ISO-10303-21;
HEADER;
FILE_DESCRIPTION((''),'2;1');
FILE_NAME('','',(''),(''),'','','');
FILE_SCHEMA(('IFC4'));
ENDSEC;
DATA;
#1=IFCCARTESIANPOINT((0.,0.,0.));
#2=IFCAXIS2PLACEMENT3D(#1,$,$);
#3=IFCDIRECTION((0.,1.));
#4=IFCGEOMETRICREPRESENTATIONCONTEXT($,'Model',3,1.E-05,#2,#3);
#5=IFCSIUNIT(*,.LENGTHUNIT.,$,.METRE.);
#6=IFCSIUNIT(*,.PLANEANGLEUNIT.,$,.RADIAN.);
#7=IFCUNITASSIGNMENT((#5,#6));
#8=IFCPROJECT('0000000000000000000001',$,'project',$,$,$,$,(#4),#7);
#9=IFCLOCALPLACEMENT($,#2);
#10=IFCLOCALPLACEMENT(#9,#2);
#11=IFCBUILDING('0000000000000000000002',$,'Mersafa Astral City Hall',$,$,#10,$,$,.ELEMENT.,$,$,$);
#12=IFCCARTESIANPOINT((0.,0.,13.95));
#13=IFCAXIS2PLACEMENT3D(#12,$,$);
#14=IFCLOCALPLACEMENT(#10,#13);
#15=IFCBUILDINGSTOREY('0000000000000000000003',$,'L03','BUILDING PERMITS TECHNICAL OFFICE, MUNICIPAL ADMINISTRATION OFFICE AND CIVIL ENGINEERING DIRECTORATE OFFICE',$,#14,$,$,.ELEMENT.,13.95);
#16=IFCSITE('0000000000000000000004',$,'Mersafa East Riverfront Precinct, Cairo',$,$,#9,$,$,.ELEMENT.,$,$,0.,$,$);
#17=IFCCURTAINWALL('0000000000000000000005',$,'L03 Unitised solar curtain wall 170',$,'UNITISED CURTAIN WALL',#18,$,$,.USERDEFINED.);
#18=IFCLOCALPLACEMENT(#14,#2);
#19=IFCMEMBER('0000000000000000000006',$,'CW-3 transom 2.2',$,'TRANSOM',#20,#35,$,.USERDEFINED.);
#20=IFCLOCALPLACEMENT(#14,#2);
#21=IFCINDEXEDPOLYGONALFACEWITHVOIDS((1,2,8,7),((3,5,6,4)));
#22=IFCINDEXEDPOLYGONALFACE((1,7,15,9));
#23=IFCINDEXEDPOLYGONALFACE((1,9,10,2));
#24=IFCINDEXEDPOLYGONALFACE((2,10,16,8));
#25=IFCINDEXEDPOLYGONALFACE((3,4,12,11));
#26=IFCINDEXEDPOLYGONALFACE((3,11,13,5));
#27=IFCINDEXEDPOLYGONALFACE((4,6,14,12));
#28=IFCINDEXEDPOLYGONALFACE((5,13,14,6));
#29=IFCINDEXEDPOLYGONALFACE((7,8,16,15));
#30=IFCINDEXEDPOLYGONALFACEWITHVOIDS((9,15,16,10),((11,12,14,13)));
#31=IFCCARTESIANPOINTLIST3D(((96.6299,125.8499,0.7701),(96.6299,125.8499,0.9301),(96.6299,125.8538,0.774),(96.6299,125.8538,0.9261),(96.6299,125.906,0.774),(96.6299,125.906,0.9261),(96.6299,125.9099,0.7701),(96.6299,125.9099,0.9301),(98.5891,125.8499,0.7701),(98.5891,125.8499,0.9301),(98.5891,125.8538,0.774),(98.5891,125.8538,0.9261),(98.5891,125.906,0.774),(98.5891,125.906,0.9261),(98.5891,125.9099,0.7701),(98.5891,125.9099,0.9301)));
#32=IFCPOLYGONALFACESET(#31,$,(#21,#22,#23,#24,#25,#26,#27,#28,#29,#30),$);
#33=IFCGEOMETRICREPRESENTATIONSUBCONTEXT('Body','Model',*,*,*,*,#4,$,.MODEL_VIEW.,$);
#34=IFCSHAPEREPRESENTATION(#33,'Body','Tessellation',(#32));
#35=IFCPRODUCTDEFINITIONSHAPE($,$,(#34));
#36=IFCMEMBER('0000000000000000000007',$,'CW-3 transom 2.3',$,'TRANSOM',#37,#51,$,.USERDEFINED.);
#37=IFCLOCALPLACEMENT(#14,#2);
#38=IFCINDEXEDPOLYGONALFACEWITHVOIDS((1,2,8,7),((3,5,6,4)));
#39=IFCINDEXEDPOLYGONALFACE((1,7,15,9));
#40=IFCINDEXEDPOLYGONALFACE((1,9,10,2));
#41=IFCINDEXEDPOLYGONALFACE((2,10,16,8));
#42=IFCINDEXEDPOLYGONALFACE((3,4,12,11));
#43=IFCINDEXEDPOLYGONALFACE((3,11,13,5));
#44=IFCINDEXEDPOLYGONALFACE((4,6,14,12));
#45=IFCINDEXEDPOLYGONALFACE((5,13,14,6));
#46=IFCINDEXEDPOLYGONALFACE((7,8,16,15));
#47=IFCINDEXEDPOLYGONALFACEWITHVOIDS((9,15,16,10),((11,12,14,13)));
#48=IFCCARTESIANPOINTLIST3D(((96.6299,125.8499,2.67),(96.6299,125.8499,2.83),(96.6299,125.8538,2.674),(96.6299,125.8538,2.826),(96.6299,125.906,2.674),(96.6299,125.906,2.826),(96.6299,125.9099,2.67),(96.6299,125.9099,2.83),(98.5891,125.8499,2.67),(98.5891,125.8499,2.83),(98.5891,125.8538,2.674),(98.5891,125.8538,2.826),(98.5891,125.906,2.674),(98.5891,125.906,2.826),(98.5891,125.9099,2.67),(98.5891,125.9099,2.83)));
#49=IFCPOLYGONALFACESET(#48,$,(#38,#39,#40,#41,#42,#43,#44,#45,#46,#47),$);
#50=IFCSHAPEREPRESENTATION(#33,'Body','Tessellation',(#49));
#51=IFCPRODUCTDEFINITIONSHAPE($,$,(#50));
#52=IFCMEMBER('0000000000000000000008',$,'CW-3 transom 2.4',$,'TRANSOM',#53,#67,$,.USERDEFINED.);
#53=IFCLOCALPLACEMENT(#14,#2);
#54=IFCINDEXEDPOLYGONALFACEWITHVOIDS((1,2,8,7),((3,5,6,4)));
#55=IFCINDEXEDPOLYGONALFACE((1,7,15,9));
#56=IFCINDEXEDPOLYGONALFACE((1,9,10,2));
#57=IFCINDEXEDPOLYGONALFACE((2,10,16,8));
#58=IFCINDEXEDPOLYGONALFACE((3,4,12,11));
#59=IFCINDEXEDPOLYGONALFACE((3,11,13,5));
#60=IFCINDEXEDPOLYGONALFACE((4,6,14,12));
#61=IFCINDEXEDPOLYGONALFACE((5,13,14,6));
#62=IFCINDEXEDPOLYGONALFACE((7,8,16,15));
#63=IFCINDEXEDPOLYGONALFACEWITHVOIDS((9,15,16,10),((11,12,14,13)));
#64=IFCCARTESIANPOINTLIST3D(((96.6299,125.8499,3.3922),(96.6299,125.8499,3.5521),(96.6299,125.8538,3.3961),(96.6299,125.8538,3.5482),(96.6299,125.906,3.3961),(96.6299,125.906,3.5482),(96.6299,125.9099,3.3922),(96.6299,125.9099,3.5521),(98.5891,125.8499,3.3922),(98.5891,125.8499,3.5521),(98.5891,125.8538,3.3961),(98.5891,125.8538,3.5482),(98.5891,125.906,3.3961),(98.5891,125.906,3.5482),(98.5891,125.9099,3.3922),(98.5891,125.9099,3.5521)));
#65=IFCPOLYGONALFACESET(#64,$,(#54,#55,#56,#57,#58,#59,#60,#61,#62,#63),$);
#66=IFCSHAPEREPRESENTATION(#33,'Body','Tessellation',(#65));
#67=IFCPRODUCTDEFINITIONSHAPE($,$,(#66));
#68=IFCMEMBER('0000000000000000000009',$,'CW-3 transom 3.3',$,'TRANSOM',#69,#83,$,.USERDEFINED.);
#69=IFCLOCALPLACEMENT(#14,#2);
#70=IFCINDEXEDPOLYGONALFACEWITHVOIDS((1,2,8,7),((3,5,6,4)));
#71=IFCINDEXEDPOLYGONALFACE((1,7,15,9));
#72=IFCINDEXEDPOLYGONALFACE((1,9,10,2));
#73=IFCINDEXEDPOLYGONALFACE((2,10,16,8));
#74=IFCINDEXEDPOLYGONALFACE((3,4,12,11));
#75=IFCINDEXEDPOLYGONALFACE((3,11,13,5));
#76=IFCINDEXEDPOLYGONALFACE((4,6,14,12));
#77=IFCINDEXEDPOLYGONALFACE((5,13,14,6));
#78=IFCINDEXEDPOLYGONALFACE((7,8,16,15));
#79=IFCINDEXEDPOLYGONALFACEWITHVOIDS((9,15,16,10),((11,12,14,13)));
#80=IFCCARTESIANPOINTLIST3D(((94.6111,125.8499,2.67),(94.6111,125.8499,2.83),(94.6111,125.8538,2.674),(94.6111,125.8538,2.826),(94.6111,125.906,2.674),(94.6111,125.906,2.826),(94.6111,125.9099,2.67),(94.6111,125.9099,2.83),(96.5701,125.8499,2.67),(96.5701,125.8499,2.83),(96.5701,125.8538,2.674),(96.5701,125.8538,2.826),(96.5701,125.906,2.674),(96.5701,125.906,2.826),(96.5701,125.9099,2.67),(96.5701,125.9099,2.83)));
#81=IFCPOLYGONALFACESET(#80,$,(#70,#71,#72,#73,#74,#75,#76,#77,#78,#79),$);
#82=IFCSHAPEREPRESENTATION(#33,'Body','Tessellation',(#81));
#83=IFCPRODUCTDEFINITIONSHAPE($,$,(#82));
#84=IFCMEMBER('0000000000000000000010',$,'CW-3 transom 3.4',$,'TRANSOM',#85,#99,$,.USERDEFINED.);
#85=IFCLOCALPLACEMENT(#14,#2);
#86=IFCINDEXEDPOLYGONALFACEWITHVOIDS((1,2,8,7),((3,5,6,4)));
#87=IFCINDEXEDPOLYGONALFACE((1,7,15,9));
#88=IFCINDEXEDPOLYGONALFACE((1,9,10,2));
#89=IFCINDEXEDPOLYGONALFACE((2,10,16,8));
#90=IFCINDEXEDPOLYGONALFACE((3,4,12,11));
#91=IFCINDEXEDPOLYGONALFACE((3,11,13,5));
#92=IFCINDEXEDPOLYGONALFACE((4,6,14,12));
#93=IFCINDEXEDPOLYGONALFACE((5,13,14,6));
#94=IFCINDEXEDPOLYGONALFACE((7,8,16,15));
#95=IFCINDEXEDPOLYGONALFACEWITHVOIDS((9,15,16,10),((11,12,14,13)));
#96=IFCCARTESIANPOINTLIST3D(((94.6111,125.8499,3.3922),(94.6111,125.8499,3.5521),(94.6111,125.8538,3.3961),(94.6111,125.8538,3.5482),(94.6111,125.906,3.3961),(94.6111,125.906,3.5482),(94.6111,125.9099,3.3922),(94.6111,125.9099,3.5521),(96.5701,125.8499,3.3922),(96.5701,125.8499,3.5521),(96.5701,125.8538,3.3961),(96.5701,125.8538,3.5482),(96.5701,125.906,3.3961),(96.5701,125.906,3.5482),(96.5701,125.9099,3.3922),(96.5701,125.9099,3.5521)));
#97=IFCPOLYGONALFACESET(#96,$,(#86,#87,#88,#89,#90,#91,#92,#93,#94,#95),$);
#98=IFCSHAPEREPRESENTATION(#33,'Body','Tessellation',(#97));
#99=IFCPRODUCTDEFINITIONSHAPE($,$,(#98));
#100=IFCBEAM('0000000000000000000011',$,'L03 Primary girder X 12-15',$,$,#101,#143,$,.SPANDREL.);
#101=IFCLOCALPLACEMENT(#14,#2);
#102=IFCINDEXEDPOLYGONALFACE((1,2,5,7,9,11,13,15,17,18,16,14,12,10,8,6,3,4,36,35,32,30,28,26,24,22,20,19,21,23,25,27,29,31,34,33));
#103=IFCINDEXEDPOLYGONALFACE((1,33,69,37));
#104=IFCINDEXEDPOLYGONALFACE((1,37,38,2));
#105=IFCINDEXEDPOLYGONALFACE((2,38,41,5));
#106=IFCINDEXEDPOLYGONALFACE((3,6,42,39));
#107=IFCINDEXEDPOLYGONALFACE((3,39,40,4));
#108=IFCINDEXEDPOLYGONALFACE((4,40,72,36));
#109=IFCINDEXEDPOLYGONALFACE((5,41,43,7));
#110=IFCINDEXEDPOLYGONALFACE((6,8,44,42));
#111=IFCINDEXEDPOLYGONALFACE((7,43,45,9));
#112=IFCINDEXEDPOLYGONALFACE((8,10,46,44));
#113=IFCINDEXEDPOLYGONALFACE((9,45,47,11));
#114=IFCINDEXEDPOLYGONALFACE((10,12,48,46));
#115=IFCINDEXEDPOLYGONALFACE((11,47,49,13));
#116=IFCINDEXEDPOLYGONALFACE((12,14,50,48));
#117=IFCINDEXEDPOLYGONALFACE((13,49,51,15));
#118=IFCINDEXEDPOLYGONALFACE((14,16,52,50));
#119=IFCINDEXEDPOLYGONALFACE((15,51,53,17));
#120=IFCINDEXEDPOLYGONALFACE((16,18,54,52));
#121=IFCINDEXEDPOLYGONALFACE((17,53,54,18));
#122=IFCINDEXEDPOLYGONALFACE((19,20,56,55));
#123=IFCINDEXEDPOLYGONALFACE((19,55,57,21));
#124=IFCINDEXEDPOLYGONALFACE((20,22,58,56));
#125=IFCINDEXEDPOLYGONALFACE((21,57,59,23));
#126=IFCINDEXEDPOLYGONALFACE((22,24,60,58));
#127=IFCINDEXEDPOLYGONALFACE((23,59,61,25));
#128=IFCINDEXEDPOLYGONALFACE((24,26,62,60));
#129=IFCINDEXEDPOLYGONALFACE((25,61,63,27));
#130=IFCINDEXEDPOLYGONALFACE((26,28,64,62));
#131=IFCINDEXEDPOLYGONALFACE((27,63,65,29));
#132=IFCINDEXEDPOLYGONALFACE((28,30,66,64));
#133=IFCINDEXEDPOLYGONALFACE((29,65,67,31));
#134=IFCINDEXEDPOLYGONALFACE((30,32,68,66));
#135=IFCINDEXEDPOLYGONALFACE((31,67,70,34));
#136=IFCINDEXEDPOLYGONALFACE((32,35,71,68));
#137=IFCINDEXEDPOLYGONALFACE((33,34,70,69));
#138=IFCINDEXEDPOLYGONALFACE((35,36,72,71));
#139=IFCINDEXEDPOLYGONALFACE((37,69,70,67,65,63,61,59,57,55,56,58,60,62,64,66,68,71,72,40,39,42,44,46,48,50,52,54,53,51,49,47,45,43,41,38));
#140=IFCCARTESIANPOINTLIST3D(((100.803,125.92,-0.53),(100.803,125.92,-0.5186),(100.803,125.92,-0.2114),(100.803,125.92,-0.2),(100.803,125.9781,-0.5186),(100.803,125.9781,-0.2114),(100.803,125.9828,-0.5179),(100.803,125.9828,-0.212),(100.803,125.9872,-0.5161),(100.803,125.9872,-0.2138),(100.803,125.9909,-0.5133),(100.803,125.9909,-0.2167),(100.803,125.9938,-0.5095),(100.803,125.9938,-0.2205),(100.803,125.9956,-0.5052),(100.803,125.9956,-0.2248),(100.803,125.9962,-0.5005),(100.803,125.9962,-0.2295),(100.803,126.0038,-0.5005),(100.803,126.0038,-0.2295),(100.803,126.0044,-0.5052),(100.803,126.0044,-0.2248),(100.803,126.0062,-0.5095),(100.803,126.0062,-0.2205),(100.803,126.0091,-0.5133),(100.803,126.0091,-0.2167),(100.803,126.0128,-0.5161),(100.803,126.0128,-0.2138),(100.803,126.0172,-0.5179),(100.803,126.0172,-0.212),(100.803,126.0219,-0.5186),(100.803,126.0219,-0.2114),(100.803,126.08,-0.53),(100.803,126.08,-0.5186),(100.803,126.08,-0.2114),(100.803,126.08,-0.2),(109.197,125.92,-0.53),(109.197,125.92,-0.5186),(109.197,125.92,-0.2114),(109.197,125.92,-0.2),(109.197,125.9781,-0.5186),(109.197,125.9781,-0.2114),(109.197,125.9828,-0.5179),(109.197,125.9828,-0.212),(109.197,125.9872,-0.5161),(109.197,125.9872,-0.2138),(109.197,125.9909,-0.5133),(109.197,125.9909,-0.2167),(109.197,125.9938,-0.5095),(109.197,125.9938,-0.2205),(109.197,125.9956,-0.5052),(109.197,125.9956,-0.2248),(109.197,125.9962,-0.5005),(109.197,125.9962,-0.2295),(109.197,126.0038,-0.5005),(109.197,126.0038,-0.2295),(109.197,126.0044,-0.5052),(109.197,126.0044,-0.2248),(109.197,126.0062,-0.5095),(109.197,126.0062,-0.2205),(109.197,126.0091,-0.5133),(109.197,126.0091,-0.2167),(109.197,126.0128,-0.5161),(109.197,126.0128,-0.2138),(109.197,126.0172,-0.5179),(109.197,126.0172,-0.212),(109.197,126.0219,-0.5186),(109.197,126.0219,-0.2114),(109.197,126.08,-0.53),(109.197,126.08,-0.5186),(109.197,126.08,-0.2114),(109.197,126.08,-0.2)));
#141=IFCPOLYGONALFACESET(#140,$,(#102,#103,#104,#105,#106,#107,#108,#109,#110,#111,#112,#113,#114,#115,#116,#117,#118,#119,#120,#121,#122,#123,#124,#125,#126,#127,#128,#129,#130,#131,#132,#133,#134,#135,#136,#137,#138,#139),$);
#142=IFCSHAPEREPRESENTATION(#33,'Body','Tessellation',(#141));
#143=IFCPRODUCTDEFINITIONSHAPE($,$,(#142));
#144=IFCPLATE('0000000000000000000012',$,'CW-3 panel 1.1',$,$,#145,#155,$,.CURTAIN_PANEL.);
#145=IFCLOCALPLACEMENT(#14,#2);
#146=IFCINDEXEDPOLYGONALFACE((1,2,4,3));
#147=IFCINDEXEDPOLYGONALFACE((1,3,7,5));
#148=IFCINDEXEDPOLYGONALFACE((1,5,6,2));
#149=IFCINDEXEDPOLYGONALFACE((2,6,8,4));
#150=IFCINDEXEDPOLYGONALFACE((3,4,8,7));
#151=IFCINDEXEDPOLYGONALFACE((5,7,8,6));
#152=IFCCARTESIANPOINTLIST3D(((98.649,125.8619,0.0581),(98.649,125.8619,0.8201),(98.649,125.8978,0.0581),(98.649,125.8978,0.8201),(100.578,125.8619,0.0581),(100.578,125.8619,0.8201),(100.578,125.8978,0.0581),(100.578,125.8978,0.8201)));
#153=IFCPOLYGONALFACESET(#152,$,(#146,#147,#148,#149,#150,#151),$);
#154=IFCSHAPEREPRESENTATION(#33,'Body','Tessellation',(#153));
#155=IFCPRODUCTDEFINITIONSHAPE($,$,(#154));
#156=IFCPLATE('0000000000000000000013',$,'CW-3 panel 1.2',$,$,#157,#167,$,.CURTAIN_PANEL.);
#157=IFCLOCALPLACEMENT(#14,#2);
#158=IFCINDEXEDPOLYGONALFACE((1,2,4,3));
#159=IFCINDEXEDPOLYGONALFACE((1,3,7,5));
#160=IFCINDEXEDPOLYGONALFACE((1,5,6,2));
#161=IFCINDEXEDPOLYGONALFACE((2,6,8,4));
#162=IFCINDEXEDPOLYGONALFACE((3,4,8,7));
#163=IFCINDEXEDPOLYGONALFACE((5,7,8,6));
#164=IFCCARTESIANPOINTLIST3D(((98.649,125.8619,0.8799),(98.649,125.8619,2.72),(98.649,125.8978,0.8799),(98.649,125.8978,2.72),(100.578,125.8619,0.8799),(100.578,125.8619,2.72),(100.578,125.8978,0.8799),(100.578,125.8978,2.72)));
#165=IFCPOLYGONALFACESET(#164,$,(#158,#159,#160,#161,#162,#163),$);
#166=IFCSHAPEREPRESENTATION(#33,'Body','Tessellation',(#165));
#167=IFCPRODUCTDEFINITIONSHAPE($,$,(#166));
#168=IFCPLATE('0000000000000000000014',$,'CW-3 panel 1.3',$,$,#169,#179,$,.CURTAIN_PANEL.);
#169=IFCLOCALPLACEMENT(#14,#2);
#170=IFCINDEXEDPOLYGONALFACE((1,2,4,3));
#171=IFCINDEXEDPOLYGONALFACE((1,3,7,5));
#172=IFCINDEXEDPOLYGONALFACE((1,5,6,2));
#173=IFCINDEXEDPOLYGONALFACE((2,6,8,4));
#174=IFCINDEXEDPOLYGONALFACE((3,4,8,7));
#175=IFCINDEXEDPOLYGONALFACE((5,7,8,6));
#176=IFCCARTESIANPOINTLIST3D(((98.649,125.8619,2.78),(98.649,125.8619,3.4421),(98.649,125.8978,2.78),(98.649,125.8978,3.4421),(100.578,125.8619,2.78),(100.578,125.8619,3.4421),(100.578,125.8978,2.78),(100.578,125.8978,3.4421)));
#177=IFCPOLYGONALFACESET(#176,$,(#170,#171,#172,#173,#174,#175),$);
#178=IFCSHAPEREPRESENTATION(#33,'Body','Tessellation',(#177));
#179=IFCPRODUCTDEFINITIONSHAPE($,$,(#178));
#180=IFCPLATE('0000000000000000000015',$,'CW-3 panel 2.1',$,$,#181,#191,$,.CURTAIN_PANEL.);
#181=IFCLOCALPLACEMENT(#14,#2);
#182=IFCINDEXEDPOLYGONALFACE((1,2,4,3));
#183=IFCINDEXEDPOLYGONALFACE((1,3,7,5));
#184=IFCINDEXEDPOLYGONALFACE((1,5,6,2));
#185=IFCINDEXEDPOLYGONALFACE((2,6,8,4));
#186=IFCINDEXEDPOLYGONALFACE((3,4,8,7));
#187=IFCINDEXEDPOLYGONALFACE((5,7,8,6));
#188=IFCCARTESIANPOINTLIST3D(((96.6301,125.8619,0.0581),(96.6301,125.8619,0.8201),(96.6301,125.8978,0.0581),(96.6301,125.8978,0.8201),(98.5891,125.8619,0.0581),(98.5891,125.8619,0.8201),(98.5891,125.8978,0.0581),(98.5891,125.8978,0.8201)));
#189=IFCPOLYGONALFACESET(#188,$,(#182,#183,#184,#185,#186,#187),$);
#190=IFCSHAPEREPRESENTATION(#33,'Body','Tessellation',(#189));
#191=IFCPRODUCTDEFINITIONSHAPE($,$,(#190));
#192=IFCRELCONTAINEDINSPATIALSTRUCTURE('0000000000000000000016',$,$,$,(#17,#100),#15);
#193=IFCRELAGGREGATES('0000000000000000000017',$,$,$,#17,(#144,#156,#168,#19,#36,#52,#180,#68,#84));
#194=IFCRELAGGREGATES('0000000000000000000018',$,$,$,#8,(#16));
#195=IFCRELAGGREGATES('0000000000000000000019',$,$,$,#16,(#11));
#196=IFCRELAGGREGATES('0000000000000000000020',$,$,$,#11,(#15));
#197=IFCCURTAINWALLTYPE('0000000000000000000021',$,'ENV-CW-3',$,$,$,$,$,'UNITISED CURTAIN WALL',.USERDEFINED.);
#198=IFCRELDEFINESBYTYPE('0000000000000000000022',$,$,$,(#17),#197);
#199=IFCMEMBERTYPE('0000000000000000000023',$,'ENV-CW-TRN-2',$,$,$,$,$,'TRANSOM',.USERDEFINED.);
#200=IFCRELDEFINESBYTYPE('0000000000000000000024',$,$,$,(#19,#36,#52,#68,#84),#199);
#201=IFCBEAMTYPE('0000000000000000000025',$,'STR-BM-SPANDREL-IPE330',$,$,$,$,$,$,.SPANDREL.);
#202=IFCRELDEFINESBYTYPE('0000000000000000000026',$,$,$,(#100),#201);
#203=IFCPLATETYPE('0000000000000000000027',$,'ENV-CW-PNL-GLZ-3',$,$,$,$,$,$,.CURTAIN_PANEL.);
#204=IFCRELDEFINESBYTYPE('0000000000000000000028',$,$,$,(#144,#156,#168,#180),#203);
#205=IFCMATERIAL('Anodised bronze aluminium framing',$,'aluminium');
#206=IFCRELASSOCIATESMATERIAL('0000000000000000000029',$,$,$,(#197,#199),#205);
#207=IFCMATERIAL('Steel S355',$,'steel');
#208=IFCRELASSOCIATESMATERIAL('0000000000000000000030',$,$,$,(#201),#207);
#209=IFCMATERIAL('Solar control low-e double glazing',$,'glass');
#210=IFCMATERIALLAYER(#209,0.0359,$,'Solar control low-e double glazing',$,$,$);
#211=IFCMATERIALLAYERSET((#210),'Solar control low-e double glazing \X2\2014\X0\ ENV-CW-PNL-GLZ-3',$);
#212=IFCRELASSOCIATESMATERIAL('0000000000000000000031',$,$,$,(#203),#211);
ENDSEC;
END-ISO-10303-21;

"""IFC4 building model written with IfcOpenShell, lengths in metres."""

from ifc_helpers import new_model, si_unit, direction, frame, origin, origin_2d, place, context, subcontext, project, spatial, rectangle, hollow_rectangle, i_section, extrude, material, layer, layer_set, material_profile, profile_set, type_object, element, aggregate, save


model = new_model("IFC4")

# Units and contexts
model_context = context("Model", 3, precision=1e-05, world=origin(), true_north=direction((0.0, 1.0)))
body_context = subcontext(model_context, "Body", "Model", "MODEL_VIEW")
ifc_project = project(units=[si_unit("LENGTHUNIT", "METRE"), si_unit("PLANEANGLEUNIT", "RADIAN")], contexts=[model_context])

# Site, building, storey
site_placement = place(None, origin())
site = spatial("IfcSite", under=ifc_project, at=site_placement, Name="Mersafa East Riverfront Precinct, Cairo", CompositionType="ELEMENT", RefElevation=0.0)
building_placement = place(site_placement, origin())
building = spatial("IfcBuilding", under=site, at=building_placement, Name="Mersafa Astral City Hall", CompositionType="ELEMENT")
storey_placement = place(building_placement, frame((0.0, 0.0, 13.95)))
storey = spatial("IfcBuildingStorey", under=building, at=storey_placement, Name="L03", Description="BUILDING PERMITS TECHNICAL OFFICE, MUNICIPAL ADMINISTRATION OFFICE AND CIVIL ENGINEERING DIRECTORATE OFFICE", CompositionType="ELEMENT", Elevation=13.95)

# Shared definitions
ifc_material_1 = material(Name="Steel S355", Category="steel")

# Curtain wall, members
ifc_material_2 = material(Name="Anodised bronze aluminium framing", Category="aluminium")
curtain_wall_type = type_object("IfcCurtainWallType", Name="ENV-CW-3", ElementType="UNITISED CURTAIN WALL", PredefinedType="USERDEFINED", material=ifc_material_2)
curtain_wall_placement = place(storey_placement, origin())
curtain_wall = element("IfcCurtainWall", 1, at=curtain_wall_placement, inside=storey, type_object=curtain_wall_type, Name="L03 Unitised solar curtain wall 170", ObjectType="UNITISED CURTAIN WALL", PredefinedType="USERDEFINED")
ifc_material_profile_1 = material_profile(ifc_material_2, hollow_rectangle(XDim=0.0601, YDim=0.1599, WallThickness=0.0039, at=origin_2d()), Name="RHS 60x160x4")
ifc_profile_set_1 = profile_set([ifc_material_profile_1], Name="Anodised bronze aluminium framing")
member_type_1 = type_object("IfcMemberType", Name="ENV-CW-TRN-2", ElementType="TRANSOM", PredefinedType="USERDEFINED", material=ifc_profile_set_1)
member_1_placement = place(storey_placement, frame((98.5891, 125.8799, 0.8501), z_axis=(-1.0, 0.0, 0.0), x_axis=(0.0, -1.0, 0.0)))
member_1 = element("IfcMember", 2, at=member_1_placement, type_object=member_type_1, Name="CW-3 transom 2.2", ObjectType="TRANSOM", PredefinedType="USERDEFINED", context=body_context, shape_type="SweptSolid", body=[
    extrude(hollow_rectangle(XDim=0.0601, YDim=0.1599, WallThickness=0.0039, at=origin_2d()), origin(), (0.0, 0.0, 1.0), 1.9592),
])
member_2_placement = place(storey_placement, frame((98.5891, 125.8799, 2.75), z_axis=(-1.0, 0.0, 0.0), x_axis=(0.0, -1.0, 0.0)))
member_2 = element("IfcMember", 3, at=member_2_placement, type_object=member_type_1, Name="CW-3 transom 2.3", ObjectType="TRANSOM", PredefinedType="USERDEFINED", context=body_context, shape_type="SweptSolid", body=[
    extrude(hollow_rectangle(XDim=0.0601, YDim=0.1599, WallThickness=0.0039, at=origin_2d()), origin(), (0.0, 0.0, 1.0), 1.9592),
])
member_3_placement = place(storey_placement, frame((98.5891, 125.8799, 3.4722), z_axis=(-1.0, 0.0, 0.0), x_axis=(0.0, -1.0, 0.0)))
member_3 = element("IfcMember", 4, at=member_3_placement, type_object=member_type_1, Name="CW-3 transom 2.4", ObjectType="TRANSOM", PredefinedType="USERDEFINED", context=body_context, shape_type="SweptSolid", body=[
    extrude(hollow_rectangle(XDim=0.0601, YDim=0.1599, WallThickness=0.0039, at=origin_2d()), origin(), (0.0, 0.0, 1.0), 1.9592),
])
member_4_placement = place(storey_placement, frame((96.5701, 125.8799, 2.75), z_axis=(-1.0, 0.0, 0.0), x_axis=(0.0, -1.0, 0.0)))
member_4 = element("IfcMember", 5, at=member_4_placement, type_object=member_type_1, Name="CW-3 transom 3.3", ObjectType="TRANSOM", PredefinedType="USERDEFINED", context=body_context, shape_type="SweptSolid", body=[
    extrude(hollow_rectangle(XDim=0.0601, YDim=0.1599, WallThickness=0.0039, at=origin_2d()), origin(), (0.0, 0.0, 1.0), 1.959),
])
member_5_placement = place(storey_placement, frame((96.5701, 125.8799, 3.4722), z_axis=(-1.0, 0.0, 0.0), x_axis=(0.0, -1.0, 0.0)))
member_5 = element("IfcMember", 6, at=member_5_placement, type_object=member_type_1, Name="CW-3 transom 3.4", ObjectType="TRANSOM", PredefinedType="USERDEFINED", context=body_context, shape_type="SweptSolid", body=[
    extrude(hollow_rectangle(XDim=0.0601, YDim=0.1599, WallThickness=0.0039, at=origin_2d()), origin(), (0.0, 0.0, 1.0), 1.959),
])

# Beam
ifc_material_profile_2 = material_profile(ifc_material_1, i_section(OverallWidth=0.1599, OverallDepth=0.3301, WebThickness=0.0076, FlangeThickness=0.0115, FilletRadius=0.0181, at=origin_2d()), Name="IPE 330")
ifc_profile_set_2 = profile_set([ifc_material_profile_2], Name="Steel S355")
beam_type = type_object("IfcBeamType", Name="STR-BM-SPANDREL-IPE330", PredefinedType="SPANDREL", material=ifc_profile_set_2)
beam_placement = place(storey_placement, frame((100.803, 126.0, -0.365), z_axis=(1.0, 0.0, 0.0), x_axis=(0.0, 1.0, 0.0)))
element("IfcBeam", 7, at=beam_placement, inside=storey, type_object=beam_type, Name="L03 Primary girder X 12-15", PredefinedType="SPANDREL", context=body_context, shape_type="SweptSolid", body=[
    extrude(i_section(OverallWidth=0.1599, OverallDepth=0.3301, WebThickness=0.0076, FlangeThickness=0.0115, FilletRadius=0.0181, at=origin_2d()), origin(), (0.0, 0.0, 1.0), 8.394),
])

# Plates
ifc_material_3 = material(Name="Solar control low-e double glazing", Category="glass")
ifc_layer = layer(ifc_material_3, 0.0359, Name="Solar control low-e double glazing")
ifc_layer_set = layer_set([ifc_layer], Name="Solar control low-e double glazing — ENV-CW-PNL-GLZ-3")
plate_type = type_object("IfcPlateType", Name="ENV-CW-PNL-GLZ-3", PredefinedType="CURTAIN_PANEL", material=ifc_layer_set)
plate_1_placement = place(storey_placement, frame((99.6135, 125.8799, 0.0581), z_axis=(0.0, 0.0, 1.0), x_axis=(-1.0, 0.0, 0.0)))
plate_1 = element("IfcPlate", 8, at=plate_1_placement, type_object=plate_type, Name="CW-3 panel 1.1", PredefinedType="CURTAIN_PANEL", context=body_context, shape_type="SweptSolid", body=[
    extrude(rectangle(XDim=1.929, YDim=0.0359, at=origin_2d()), origin(), (0.0, 0.0, 1.0), 0.762),
])
plate_2_placement = place(storey_placement, frame((99.6135, 125.8799, 0.8799), z_axis=(0.0, 0.0, 1.0), x_axis=(-1.0, 0.0, 0.0)))
plate_2 = element("IfcPlate", 9, at=plate_2_placement, type_object=plate_type, Name="CW-3 panel 1.2", PredefinedType="CURTAIN_PANEL", context=body_context, shape_type="SweptSolid", body=[
    extrude(rectangle(XDim=1.929, YDim=0.0359, at=origin_2d()), origin(), (0.0, 0.0, 1.0), 1.8401),
])
plate_3_placement = place(storey_placement, frame((99.6135, 125.8799, 2.78), z_axis=(0.0, 0.0, 1.0), x_axis=(-1.0, 0.0, 0.0)))
plate_3 = element("IfcPlate", 10, at=plate_3_placement, type_object=plate_type, Name="CW-3 panel 1.3", PredefinedType="CURTAIN_PANEL", context=body_context, shape_type="SweptSolid", body=[
    extrude(rectangle(XDim=1.929, YDim=0.0359, at=origin_2d()), origin(), (0.0, 0.0, 1.0), 0.6621),
])
plate_4_placement = place(storey_placement, frame((97.6096, 125.8799, 0.0581), z_axis=(0.0, 0.0, 1.0), x_axis=(-1.0, 0.0, 0.0)))
plate_4 = element("IfcPlate", 11, at=plate_4_placement, type_object=plate_type, Name="CW-3 panel 2.1", PredefinedType="CURTAIN_PANEL", context=body_context, shape_type="SweptSolid", body=[
    extrude(rectangle(XDim=1.959, YDim=0.0359, at=origin_2d()), origin(), (0.0, 0.0, 1.0), 0.762),
])
aggregate(curtain_wall, [plate_1, plate_2, plate_3, member_1, member_2, member_3, plate_4, member_4, member_5])

save(model, "model.ifc")
